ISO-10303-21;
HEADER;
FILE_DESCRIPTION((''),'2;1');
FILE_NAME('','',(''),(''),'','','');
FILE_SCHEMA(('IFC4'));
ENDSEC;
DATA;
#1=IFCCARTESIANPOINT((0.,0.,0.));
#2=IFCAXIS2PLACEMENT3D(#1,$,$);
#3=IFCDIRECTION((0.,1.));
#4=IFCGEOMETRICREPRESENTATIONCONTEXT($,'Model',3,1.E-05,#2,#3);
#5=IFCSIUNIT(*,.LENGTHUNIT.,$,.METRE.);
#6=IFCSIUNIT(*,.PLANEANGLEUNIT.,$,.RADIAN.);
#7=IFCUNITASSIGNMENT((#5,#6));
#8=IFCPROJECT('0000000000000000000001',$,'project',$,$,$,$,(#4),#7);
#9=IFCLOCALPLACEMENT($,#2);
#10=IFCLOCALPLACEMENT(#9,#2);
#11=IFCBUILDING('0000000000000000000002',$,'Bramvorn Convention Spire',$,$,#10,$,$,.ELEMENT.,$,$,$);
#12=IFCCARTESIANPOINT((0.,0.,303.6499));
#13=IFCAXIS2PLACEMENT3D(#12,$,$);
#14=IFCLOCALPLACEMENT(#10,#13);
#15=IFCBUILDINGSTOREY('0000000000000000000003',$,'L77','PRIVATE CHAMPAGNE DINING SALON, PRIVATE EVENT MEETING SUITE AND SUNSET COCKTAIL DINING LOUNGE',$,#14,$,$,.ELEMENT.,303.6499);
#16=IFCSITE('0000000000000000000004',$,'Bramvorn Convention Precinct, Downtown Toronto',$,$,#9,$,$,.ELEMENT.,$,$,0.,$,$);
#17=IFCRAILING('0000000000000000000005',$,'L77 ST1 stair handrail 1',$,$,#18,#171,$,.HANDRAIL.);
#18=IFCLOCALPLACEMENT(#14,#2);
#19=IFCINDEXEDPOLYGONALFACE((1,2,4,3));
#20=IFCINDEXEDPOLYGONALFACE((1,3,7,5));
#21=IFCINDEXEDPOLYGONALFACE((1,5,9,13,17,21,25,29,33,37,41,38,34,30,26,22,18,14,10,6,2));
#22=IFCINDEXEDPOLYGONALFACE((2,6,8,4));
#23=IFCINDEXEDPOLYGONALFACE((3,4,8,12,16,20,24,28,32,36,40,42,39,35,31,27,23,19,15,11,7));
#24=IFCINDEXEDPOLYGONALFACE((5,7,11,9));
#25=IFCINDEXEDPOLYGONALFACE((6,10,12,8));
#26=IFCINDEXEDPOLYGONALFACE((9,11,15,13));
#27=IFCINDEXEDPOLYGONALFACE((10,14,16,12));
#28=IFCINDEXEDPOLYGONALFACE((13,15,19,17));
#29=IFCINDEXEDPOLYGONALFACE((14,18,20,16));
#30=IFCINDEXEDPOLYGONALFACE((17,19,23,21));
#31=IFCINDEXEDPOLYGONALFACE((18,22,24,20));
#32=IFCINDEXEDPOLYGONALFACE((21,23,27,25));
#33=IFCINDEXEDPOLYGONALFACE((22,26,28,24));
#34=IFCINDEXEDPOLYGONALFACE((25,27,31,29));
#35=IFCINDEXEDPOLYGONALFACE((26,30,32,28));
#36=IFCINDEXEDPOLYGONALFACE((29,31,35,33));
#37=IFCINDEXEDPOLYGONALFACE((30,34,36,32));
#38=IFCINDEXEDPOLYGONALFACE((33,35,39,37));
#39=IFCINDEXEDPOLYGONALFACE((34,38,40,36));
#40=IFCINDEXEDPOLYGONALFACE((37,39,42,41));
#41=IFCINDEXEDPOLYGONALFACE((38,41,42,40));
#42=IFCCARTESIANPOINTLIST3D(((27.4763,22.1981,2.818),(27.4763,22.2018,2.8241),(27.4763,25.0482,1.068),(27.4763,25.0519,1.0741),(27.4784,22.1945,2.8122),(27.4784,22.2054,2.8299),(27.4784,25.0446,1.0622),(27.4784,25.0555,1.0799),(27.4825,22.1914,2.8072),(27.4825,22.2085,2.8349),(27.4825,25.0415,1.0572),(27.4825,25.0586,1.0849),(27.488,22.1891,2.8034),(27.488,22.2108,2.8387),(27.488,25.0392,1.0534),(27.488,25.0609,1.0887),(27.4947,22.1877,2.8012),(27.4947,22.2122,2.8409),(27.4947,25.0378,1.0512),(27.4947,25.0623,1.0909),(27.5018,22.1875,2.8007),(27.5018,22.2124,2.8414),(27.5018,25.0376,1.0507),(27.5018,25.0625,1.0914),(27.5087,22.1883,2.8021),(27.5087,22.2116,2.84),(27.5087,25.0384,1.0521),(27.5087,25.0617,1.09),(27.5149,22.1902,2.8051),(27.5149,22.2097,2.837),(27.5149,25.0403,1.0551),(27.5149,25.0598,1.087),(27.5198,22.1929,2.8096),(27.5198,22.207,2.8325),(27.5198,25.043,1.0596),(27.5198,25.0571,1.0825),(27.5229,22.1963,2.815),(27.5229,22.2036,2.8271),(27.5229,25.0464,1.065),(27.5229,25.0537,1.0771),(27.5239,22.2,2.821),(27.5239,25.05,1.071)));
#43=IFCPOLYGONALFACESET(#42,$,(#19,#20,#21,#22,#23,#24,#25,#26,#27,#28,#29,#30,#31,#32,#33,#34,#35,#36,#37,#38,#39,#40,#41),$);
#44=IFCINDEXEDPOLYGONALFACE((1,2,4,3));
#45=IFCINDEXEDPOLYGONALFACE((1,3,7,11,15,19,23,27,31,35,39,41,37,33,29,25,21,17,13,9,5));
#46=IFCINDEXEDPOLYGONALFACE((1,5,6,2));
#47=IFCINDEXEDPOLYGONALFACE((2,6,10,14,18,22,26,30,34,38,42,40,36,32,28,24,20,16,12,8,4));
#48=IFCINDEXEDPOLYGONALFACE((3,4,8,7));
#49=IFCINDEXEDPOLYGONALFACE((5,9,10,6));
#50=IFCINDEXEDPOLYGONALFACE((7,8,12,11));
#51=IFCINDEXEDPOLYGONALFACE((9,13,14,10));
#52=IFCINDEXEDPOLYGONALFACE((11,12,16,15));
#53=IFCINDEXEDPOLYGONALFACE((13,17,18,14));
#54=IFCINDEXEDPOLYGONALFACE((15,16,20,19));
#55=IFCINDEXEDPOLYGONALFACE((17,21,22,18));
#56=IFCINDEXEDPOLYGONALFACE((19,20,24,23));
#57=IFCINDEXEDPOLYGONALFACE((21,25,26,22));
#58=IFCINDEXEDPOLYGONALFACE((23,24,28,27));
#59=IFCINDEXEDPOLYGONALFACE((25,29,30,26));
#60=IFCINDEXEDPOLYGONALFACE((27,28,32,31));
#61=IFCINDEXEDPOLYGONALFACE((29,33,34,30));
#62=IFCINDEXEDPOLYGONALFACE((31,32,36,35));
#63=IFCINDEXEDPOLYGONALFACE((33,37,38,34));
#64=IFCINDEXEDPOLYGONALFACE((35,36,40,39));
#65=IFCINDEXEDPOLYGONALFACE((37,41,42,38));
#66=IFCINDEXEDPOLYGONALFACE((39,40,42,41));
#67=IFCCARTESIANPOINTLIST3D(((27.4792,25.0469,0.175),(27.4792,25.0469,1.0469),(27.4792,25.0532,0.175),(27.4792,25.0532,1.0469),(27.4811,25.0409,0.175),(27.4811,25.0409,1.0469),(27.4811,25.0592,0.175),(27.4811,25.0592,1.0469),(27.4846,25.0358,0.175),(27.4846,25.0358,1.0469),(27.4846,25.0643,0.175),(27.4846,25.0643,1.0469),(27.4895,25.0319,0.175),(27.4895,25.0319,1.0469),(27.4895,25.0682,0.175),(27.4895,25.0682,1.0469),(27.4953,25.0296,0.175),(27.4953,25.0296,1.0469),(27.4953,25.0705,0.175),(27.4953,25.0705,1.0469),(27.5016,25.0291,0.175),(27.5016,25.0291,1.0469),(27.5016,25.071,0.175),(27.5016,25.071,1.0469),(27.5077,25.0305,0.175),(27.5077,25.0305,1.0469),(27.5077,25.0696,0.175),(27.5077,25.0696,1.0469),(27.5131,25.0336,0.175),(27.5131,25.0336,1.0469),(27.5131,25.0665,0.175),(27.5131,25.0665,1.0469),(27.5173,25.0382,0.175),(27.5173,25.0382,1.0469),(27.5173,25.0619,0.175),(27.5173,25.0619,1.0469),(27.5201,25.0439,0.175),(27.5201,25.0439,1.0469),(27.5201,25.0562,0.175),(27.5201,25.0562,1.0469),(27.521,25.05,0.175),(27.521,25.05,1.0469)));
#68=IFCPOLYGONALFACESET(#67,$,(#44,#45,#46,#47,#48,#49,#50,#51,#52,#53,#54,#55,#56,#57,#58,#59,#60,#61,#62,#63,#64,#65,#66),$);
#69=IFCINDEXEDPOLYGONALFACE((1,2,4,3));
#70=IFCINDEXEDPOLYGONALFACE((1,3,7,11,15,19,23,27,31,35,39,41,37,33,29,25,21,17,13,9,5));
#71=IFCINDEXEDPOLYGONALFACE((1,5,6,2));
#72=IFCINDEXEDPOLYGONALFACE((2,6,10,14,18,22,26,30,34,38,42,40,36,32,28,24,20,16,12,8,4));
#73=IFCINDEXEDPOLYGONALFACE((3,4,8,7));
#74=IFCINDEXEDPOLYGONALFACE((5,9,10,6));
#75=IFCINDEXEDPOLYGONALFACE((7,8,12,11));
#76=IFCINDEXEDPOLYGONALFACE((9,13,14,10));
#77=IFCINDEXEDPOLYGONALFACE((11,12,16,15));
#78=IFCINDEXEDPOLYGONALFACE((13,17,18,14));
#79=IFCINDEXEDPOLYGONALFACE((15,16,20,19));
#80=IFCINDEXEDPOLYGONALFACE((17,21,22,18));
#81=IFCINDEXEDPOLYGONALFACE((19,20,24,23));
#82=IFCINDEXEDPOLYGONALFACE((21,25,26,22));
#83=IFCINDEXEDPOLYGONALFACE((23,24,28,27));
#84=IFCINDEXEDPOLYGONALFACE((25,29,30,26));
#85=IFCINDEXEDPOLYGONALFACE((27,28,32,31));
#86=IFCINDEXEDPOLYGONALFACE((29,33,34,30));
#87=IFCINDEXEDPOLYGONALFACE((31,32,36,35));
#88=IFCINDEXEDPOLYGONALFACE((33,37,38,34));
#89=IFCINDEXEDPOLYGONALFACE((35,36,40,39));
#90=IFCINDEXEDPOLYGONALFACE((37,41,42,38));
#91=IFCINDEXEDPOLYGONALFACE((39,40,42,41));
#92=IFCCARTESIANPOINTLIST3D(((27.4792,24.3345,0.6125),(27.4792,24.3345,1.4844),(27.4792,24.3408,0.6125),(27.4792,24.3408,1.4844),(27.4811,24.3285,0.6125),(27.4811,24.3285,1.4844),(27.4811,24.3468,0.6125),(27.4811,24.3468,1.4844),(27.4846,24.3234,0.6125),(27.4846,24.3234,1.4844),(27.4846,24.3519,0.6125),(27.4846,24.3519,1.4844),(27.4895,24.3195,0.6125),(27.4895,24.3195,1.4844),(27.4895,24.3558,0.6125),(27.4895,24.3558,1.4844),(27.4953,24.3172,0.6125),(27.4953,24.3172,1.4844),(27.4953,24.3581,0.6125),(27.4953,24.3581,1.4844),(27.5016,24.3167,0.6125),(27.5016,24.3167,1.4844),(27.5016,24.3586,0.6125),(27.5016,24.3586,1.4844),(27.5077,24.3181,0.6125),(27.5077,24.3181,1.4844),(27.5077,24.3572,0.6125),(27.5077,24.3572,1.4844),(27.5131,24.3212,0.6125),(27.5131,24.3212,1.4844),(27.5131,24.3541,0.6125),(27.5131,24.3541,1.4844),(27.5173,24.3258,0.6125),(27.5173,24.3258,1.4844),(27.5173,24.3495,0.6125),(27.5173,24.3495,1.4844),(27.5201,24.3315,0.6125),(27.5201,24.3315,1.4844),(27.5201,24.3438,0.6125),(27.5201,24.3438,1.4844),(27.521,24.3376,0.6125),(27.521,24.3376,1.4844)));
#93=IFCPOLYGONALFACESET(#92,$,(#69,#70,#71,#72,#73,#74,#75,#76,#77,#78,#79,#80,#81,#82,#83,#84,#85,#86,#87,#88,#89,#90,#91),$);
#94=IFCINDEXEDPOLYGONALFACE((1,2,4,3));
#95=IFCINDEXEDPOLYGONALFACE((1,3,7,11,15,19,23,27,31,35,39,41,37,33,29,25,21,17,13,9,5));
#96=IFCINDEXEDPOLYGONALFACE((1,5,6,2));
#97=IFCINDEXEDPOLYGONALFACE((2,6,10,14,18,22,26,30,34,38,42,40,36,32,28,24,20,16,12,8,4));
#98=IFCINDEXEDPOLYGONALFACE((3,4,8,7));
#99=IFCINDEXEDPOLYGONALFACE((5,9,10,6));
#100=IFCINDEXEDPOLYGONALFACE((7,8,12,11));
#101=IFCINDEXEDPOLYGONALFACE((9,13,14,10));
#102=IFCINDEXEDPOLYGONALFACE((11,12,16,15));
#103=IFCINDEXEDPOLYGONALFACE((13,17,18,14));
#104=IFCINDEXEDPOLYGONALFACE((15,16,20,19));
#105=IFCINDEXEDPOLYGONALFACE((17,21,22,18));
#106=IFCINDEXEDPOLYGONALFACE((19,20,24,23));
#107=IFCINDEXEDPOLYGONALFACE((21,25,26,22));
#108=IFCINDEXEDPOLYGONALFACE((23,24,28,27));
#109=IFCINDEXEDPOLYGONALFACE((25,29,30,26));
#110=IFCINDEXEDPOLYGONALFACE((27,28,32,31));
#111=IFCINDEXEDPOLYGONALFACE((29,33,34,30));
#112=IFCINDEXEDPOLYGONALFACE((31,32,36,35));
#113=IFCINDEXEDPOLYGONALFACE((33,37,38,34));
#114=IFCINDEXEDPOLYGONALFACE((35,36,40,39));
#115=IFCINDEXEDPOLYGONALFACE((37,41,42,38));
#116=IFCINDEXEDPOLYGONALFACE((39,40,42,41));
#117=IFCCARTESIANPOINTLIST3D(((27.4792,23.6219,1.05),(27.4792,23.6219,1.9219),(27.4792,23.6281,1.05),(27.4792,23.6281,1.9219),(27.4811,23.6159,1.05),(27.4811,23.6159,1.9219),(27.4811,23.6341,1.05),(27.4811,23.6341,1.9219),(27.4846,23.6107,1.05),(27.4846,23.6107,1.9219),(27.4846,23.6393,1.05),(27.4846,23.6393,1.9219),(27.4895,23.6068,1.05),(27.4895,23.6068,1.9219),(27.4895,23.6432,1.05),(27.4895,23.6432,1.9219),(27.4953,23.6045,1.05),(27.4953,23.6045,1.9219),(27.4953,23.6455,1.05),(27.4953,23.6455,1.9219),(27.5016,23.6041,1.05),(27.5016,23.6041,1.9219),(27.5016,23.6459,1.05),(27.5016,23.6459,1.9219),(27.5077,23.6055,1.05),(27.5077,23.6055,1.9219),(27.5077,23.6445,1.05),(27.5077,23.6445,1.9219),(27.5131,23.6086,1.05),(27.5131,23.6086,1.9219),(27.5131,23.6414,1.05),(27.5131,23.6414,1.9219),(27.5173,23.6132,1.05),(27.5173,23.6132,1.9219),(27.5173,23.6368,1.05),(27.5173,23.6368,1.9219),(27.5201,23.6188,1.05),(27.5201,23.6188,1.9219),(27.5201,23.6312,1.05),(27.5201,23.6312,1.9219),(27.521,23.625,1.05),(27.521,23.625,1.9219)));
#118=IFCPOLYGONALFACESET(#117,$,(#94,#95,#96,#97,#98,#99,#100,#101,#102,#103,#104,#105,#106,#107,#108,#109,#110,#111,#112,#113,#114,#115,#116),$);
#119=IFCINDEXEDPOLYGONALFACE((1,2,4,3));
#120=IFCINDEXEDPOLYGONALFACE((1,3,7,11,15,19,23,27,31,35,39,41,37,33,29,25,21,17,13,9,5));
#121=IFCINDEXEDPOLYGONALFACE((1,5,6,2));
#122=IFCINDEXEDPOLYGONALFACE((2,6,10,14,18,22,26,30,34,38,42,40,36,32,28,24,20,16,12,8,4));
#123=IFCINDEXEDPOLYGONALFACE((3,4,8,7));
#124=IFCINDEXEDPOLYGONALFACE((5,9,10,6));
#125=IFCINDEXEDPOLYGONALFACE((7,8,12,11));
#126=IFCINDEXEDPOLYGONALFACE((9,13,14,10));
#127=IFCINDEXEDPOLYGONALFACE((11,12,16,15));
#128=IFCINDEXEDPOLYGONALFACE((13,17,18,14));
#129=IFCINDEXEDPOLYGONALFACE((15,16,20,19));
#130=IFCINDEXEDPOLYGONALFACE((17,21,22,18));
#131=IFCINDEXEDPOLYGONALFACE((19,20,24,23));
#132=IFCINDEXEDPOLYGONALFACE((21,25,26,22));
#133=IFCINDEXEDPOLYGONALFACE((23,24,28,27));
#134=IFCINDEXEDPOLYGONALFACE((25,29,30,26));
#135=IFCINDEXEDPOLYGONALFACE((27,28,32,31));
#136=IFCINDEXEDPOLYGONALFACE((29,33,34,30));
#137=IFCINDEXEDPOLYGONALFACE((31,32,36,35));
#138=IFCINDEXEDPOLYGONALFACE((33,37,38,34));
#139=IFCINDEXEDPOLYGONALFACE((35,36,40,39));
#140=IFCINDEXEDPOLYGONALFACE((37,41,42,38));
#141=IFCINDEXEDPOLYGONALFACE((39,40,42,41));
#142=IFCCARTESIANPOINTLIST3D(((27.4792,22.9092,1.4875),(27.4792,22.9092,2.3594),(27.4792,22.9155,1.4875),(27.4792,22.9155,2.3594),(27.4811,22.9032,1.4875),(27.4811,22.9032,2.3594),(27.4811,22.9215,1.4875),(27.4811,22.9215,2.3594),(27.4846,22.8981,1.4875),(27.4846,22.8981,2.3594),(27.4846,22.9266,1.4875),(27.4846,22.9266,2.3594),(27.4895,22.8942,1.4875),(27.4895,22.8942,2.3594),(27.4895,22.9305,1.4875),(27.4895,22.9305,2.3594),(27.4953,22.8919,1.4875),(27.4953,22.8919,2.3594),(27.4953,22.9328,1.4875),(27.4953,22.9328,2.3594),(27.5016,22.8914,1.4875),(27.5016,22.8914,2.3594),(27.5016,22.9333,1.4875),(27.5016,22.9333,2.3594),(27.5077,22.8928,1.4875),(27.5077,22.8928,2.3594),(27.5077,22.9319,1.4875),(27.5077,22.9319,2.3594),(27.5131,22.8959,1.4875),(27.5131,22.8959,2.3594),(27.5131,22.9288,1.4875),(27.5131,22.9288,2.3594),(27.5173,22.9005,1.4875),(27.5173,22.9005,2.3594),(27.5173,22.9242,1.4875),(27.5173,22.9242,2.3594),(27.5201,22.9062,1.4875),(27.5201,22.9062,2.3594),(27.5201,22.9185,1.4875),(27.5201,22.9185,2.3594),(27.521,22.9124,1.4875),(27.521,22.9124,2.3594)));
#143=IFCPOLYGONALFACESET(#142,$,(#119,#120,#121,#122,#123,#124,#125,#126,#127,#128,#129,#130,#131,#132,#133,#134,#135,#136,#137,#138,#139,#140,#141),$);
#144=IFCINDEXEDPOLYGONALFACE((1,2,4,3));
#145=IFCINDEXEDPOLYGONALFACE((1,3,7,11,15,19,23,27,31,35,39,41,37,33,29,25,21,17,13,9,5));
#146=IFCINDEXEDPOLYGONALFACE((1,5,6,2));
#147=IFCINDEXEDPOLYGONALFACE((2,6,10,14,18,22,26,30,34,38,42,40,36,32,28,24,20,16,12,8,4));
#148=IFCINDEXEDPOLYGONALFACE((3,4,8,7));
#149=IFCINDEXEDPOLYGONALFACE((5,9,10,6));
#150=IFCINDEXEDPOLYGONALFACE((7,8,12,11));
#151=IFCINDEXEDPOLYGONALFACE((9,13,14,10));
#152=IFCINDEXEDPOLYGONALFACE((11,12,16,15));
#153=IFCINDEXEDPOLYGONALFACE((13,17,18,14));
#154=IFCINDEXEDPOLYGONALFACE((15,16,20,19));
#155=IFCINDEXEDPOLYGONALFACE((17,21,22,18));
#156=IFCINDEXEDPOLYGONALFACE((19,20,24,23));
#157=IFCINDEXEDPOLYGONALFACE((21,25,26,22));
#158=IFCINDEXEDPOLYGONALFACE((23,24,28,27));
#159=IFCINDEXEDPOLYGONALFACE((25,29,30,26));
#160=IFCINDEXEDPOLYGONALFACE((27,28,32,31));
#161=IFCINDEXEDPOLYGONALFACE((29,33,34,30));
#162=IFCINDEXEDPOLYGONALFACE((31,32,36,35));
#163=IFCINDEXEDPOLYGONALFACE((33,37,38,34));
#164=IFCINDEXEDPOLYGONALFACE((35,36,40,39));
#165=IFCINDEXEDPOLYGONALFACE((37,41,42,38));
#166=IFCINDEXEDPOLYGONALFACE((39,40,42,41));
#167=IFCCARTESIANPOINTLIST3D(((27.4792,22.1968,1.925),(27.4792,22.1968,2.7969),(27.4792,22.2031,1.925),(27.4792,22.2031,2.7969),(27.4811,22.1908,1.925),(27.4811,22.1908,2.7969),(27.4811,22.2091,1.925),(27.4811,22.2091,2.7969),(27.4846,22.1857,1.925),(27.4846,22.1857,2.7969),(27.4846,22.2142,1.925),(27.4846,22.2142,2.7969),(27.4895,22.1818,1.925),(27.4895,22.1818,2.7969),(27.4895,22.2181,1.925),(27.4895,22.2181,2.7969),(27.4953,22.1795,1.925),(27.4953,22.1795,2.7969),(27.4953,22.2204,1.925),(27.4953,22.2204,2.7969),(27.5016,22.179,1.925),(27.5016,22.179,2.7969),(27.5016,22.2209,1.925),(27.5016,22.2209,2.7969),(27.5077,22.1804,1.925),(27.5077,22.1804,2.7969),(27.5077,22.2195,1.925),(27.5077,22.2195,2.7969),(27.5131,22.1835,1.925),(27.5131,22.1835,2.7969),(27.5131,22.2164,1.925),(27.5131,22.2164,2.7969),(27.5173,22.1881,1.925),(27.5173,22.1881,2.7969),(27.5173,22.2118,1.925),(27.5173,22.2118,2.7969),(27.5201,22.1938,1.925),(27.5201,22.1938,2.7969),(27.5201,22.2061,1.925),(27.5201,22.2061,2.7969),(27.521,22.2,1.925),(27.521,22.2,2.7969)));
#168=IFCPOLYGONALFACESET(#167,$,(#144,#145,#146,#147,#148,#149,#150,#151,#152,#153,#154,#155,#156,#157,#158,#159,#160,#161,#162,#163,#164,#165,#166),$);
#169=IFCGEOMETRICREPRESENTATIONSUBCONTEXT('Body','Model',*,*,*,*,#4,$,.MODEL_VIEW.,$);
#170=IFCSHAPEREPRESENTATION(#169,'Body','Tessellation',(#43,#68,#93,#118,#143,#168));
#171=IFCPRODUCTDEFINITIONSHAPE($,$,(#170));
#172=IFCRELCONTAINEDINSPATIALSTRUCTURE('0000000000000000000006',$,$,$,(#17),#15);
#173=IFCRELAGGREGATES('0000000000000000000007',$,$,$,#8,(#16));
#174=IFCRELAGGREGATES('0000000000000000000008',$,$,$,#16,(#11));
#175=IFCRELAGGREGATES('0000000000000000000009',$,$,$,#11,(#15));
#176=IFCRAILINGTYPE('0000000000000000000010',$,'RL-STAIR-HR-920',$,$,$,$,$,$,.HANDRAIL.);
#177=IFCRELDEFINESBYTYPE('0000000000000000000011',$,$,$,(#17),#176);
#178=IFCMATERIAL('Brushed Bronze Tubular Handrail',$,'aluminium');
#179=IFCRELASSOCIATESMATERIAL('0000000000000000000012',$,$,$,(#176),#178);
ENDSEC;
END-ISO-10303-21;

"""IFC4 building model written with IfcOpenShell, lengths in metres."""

from ifc_helpers import new_model, si_unit, direction, frame, origin, origin_2d, place, context, subcontext, project, spatial, circle, extrude, material, type_object, element, save


model = new_model("IFC4")

# Units and contexts
model_context = context("Model", 3, precision=1e-05, world=origin(), true_north=direction((0.0, 1.0)))
body_context = subcontext(model_context, "Body", "Model", "MODEL_VIEW")
ifc_project = project(units=[si_unit("LENGTHUNIT", "METRE"), si_unit("PLANEANGLEUNIT", "RADIAN")], contexts=[model_context])

# Site, building, storey
site_placement = place(None, origin())
site = spatial("IfcSite", under=ifc_project, at=site_placement, Name="Bramvorn Convention Precinct, Downtown Toronto", CompositionType="ELEMENT", RefElevation=0.0)
building_placement = place(site_placement, origin())
building = spatial("IfcBuilding", under=site, at=building_placement, Name="Bramvorn Convention Spire", CompositionType="ELEMENT")
storey_placement = place(building_placement, frame((0.0, 0.0, 303.6499)))
storey = spatial("IfcBuildingStorey", under=building, at=storey_placement, Name="L77", Description="PRIVATE CHAMPAGNE DINING SALON, PRIVATE EVENT MEETING SUITE AND SUNSET COCKTAIL DINING LOUNGE", CompositionType="ELEMENT", Elevation=303.6499)

# Railing
ifc_material_1 = material(Name="Brushed Bronze Tubular Handrail", Category="aluminium")
railing_type_1 = type_object("IfcRailingType", Name="RL-STAIR-HR-920", PredefinedType="HANDRAIL", material=ifc_material_1)
railing_1_placement = place(storey_placement, frame((27.5, 25.05, 0.175)))
element("IfcRailing", 1, at=railing_1_placement, inside=storey, type_object=railing_type_1, Name="L77 ST1 stair handrail 1", PredefinedType="HANDRAIL", context=body_context, shape_type="SweptSolid", body=[
    extrude(circle(Radius=0.0239, at=origin_2d()), frame((0.0, 0.0, 0.896), z_axis=(0.0, -0.852179, 0.52325), x_axis=(1.0, 0.0, 0.0)), (0.0, 0.0, 1.0), 3.3445),
    extrude(circle(Radius=0.021, at=origin_2d()), origin(), (0.0, 0.0, 1.0), 0.8718),
    extrude(circle(Radius=0.021, at=origin_2d()), frame((0.0, -0.7124, 0.4375)), (0.0, 0.0, 1.0), 0.8718),
    extrude(circle(Radius=0.021, at=origin_2d()), frame((0.0, -1.425, 0.875)), (0.0, 0.0, 1.0), 0.8718),
    extrude(circle(Radius=0.021, at=origin_2d()), frame((0.0, -2.1377, 1.3125)), (0.0, 0.0, 1.0), 0.8718),
    extrude(circle(Radius=0.021, at=origin_2d()), frame((0.0, -2.8501, 1.75)), (0.0, 0.0, 1.0), 0.8718),
])

save(model, "model.ifc")
